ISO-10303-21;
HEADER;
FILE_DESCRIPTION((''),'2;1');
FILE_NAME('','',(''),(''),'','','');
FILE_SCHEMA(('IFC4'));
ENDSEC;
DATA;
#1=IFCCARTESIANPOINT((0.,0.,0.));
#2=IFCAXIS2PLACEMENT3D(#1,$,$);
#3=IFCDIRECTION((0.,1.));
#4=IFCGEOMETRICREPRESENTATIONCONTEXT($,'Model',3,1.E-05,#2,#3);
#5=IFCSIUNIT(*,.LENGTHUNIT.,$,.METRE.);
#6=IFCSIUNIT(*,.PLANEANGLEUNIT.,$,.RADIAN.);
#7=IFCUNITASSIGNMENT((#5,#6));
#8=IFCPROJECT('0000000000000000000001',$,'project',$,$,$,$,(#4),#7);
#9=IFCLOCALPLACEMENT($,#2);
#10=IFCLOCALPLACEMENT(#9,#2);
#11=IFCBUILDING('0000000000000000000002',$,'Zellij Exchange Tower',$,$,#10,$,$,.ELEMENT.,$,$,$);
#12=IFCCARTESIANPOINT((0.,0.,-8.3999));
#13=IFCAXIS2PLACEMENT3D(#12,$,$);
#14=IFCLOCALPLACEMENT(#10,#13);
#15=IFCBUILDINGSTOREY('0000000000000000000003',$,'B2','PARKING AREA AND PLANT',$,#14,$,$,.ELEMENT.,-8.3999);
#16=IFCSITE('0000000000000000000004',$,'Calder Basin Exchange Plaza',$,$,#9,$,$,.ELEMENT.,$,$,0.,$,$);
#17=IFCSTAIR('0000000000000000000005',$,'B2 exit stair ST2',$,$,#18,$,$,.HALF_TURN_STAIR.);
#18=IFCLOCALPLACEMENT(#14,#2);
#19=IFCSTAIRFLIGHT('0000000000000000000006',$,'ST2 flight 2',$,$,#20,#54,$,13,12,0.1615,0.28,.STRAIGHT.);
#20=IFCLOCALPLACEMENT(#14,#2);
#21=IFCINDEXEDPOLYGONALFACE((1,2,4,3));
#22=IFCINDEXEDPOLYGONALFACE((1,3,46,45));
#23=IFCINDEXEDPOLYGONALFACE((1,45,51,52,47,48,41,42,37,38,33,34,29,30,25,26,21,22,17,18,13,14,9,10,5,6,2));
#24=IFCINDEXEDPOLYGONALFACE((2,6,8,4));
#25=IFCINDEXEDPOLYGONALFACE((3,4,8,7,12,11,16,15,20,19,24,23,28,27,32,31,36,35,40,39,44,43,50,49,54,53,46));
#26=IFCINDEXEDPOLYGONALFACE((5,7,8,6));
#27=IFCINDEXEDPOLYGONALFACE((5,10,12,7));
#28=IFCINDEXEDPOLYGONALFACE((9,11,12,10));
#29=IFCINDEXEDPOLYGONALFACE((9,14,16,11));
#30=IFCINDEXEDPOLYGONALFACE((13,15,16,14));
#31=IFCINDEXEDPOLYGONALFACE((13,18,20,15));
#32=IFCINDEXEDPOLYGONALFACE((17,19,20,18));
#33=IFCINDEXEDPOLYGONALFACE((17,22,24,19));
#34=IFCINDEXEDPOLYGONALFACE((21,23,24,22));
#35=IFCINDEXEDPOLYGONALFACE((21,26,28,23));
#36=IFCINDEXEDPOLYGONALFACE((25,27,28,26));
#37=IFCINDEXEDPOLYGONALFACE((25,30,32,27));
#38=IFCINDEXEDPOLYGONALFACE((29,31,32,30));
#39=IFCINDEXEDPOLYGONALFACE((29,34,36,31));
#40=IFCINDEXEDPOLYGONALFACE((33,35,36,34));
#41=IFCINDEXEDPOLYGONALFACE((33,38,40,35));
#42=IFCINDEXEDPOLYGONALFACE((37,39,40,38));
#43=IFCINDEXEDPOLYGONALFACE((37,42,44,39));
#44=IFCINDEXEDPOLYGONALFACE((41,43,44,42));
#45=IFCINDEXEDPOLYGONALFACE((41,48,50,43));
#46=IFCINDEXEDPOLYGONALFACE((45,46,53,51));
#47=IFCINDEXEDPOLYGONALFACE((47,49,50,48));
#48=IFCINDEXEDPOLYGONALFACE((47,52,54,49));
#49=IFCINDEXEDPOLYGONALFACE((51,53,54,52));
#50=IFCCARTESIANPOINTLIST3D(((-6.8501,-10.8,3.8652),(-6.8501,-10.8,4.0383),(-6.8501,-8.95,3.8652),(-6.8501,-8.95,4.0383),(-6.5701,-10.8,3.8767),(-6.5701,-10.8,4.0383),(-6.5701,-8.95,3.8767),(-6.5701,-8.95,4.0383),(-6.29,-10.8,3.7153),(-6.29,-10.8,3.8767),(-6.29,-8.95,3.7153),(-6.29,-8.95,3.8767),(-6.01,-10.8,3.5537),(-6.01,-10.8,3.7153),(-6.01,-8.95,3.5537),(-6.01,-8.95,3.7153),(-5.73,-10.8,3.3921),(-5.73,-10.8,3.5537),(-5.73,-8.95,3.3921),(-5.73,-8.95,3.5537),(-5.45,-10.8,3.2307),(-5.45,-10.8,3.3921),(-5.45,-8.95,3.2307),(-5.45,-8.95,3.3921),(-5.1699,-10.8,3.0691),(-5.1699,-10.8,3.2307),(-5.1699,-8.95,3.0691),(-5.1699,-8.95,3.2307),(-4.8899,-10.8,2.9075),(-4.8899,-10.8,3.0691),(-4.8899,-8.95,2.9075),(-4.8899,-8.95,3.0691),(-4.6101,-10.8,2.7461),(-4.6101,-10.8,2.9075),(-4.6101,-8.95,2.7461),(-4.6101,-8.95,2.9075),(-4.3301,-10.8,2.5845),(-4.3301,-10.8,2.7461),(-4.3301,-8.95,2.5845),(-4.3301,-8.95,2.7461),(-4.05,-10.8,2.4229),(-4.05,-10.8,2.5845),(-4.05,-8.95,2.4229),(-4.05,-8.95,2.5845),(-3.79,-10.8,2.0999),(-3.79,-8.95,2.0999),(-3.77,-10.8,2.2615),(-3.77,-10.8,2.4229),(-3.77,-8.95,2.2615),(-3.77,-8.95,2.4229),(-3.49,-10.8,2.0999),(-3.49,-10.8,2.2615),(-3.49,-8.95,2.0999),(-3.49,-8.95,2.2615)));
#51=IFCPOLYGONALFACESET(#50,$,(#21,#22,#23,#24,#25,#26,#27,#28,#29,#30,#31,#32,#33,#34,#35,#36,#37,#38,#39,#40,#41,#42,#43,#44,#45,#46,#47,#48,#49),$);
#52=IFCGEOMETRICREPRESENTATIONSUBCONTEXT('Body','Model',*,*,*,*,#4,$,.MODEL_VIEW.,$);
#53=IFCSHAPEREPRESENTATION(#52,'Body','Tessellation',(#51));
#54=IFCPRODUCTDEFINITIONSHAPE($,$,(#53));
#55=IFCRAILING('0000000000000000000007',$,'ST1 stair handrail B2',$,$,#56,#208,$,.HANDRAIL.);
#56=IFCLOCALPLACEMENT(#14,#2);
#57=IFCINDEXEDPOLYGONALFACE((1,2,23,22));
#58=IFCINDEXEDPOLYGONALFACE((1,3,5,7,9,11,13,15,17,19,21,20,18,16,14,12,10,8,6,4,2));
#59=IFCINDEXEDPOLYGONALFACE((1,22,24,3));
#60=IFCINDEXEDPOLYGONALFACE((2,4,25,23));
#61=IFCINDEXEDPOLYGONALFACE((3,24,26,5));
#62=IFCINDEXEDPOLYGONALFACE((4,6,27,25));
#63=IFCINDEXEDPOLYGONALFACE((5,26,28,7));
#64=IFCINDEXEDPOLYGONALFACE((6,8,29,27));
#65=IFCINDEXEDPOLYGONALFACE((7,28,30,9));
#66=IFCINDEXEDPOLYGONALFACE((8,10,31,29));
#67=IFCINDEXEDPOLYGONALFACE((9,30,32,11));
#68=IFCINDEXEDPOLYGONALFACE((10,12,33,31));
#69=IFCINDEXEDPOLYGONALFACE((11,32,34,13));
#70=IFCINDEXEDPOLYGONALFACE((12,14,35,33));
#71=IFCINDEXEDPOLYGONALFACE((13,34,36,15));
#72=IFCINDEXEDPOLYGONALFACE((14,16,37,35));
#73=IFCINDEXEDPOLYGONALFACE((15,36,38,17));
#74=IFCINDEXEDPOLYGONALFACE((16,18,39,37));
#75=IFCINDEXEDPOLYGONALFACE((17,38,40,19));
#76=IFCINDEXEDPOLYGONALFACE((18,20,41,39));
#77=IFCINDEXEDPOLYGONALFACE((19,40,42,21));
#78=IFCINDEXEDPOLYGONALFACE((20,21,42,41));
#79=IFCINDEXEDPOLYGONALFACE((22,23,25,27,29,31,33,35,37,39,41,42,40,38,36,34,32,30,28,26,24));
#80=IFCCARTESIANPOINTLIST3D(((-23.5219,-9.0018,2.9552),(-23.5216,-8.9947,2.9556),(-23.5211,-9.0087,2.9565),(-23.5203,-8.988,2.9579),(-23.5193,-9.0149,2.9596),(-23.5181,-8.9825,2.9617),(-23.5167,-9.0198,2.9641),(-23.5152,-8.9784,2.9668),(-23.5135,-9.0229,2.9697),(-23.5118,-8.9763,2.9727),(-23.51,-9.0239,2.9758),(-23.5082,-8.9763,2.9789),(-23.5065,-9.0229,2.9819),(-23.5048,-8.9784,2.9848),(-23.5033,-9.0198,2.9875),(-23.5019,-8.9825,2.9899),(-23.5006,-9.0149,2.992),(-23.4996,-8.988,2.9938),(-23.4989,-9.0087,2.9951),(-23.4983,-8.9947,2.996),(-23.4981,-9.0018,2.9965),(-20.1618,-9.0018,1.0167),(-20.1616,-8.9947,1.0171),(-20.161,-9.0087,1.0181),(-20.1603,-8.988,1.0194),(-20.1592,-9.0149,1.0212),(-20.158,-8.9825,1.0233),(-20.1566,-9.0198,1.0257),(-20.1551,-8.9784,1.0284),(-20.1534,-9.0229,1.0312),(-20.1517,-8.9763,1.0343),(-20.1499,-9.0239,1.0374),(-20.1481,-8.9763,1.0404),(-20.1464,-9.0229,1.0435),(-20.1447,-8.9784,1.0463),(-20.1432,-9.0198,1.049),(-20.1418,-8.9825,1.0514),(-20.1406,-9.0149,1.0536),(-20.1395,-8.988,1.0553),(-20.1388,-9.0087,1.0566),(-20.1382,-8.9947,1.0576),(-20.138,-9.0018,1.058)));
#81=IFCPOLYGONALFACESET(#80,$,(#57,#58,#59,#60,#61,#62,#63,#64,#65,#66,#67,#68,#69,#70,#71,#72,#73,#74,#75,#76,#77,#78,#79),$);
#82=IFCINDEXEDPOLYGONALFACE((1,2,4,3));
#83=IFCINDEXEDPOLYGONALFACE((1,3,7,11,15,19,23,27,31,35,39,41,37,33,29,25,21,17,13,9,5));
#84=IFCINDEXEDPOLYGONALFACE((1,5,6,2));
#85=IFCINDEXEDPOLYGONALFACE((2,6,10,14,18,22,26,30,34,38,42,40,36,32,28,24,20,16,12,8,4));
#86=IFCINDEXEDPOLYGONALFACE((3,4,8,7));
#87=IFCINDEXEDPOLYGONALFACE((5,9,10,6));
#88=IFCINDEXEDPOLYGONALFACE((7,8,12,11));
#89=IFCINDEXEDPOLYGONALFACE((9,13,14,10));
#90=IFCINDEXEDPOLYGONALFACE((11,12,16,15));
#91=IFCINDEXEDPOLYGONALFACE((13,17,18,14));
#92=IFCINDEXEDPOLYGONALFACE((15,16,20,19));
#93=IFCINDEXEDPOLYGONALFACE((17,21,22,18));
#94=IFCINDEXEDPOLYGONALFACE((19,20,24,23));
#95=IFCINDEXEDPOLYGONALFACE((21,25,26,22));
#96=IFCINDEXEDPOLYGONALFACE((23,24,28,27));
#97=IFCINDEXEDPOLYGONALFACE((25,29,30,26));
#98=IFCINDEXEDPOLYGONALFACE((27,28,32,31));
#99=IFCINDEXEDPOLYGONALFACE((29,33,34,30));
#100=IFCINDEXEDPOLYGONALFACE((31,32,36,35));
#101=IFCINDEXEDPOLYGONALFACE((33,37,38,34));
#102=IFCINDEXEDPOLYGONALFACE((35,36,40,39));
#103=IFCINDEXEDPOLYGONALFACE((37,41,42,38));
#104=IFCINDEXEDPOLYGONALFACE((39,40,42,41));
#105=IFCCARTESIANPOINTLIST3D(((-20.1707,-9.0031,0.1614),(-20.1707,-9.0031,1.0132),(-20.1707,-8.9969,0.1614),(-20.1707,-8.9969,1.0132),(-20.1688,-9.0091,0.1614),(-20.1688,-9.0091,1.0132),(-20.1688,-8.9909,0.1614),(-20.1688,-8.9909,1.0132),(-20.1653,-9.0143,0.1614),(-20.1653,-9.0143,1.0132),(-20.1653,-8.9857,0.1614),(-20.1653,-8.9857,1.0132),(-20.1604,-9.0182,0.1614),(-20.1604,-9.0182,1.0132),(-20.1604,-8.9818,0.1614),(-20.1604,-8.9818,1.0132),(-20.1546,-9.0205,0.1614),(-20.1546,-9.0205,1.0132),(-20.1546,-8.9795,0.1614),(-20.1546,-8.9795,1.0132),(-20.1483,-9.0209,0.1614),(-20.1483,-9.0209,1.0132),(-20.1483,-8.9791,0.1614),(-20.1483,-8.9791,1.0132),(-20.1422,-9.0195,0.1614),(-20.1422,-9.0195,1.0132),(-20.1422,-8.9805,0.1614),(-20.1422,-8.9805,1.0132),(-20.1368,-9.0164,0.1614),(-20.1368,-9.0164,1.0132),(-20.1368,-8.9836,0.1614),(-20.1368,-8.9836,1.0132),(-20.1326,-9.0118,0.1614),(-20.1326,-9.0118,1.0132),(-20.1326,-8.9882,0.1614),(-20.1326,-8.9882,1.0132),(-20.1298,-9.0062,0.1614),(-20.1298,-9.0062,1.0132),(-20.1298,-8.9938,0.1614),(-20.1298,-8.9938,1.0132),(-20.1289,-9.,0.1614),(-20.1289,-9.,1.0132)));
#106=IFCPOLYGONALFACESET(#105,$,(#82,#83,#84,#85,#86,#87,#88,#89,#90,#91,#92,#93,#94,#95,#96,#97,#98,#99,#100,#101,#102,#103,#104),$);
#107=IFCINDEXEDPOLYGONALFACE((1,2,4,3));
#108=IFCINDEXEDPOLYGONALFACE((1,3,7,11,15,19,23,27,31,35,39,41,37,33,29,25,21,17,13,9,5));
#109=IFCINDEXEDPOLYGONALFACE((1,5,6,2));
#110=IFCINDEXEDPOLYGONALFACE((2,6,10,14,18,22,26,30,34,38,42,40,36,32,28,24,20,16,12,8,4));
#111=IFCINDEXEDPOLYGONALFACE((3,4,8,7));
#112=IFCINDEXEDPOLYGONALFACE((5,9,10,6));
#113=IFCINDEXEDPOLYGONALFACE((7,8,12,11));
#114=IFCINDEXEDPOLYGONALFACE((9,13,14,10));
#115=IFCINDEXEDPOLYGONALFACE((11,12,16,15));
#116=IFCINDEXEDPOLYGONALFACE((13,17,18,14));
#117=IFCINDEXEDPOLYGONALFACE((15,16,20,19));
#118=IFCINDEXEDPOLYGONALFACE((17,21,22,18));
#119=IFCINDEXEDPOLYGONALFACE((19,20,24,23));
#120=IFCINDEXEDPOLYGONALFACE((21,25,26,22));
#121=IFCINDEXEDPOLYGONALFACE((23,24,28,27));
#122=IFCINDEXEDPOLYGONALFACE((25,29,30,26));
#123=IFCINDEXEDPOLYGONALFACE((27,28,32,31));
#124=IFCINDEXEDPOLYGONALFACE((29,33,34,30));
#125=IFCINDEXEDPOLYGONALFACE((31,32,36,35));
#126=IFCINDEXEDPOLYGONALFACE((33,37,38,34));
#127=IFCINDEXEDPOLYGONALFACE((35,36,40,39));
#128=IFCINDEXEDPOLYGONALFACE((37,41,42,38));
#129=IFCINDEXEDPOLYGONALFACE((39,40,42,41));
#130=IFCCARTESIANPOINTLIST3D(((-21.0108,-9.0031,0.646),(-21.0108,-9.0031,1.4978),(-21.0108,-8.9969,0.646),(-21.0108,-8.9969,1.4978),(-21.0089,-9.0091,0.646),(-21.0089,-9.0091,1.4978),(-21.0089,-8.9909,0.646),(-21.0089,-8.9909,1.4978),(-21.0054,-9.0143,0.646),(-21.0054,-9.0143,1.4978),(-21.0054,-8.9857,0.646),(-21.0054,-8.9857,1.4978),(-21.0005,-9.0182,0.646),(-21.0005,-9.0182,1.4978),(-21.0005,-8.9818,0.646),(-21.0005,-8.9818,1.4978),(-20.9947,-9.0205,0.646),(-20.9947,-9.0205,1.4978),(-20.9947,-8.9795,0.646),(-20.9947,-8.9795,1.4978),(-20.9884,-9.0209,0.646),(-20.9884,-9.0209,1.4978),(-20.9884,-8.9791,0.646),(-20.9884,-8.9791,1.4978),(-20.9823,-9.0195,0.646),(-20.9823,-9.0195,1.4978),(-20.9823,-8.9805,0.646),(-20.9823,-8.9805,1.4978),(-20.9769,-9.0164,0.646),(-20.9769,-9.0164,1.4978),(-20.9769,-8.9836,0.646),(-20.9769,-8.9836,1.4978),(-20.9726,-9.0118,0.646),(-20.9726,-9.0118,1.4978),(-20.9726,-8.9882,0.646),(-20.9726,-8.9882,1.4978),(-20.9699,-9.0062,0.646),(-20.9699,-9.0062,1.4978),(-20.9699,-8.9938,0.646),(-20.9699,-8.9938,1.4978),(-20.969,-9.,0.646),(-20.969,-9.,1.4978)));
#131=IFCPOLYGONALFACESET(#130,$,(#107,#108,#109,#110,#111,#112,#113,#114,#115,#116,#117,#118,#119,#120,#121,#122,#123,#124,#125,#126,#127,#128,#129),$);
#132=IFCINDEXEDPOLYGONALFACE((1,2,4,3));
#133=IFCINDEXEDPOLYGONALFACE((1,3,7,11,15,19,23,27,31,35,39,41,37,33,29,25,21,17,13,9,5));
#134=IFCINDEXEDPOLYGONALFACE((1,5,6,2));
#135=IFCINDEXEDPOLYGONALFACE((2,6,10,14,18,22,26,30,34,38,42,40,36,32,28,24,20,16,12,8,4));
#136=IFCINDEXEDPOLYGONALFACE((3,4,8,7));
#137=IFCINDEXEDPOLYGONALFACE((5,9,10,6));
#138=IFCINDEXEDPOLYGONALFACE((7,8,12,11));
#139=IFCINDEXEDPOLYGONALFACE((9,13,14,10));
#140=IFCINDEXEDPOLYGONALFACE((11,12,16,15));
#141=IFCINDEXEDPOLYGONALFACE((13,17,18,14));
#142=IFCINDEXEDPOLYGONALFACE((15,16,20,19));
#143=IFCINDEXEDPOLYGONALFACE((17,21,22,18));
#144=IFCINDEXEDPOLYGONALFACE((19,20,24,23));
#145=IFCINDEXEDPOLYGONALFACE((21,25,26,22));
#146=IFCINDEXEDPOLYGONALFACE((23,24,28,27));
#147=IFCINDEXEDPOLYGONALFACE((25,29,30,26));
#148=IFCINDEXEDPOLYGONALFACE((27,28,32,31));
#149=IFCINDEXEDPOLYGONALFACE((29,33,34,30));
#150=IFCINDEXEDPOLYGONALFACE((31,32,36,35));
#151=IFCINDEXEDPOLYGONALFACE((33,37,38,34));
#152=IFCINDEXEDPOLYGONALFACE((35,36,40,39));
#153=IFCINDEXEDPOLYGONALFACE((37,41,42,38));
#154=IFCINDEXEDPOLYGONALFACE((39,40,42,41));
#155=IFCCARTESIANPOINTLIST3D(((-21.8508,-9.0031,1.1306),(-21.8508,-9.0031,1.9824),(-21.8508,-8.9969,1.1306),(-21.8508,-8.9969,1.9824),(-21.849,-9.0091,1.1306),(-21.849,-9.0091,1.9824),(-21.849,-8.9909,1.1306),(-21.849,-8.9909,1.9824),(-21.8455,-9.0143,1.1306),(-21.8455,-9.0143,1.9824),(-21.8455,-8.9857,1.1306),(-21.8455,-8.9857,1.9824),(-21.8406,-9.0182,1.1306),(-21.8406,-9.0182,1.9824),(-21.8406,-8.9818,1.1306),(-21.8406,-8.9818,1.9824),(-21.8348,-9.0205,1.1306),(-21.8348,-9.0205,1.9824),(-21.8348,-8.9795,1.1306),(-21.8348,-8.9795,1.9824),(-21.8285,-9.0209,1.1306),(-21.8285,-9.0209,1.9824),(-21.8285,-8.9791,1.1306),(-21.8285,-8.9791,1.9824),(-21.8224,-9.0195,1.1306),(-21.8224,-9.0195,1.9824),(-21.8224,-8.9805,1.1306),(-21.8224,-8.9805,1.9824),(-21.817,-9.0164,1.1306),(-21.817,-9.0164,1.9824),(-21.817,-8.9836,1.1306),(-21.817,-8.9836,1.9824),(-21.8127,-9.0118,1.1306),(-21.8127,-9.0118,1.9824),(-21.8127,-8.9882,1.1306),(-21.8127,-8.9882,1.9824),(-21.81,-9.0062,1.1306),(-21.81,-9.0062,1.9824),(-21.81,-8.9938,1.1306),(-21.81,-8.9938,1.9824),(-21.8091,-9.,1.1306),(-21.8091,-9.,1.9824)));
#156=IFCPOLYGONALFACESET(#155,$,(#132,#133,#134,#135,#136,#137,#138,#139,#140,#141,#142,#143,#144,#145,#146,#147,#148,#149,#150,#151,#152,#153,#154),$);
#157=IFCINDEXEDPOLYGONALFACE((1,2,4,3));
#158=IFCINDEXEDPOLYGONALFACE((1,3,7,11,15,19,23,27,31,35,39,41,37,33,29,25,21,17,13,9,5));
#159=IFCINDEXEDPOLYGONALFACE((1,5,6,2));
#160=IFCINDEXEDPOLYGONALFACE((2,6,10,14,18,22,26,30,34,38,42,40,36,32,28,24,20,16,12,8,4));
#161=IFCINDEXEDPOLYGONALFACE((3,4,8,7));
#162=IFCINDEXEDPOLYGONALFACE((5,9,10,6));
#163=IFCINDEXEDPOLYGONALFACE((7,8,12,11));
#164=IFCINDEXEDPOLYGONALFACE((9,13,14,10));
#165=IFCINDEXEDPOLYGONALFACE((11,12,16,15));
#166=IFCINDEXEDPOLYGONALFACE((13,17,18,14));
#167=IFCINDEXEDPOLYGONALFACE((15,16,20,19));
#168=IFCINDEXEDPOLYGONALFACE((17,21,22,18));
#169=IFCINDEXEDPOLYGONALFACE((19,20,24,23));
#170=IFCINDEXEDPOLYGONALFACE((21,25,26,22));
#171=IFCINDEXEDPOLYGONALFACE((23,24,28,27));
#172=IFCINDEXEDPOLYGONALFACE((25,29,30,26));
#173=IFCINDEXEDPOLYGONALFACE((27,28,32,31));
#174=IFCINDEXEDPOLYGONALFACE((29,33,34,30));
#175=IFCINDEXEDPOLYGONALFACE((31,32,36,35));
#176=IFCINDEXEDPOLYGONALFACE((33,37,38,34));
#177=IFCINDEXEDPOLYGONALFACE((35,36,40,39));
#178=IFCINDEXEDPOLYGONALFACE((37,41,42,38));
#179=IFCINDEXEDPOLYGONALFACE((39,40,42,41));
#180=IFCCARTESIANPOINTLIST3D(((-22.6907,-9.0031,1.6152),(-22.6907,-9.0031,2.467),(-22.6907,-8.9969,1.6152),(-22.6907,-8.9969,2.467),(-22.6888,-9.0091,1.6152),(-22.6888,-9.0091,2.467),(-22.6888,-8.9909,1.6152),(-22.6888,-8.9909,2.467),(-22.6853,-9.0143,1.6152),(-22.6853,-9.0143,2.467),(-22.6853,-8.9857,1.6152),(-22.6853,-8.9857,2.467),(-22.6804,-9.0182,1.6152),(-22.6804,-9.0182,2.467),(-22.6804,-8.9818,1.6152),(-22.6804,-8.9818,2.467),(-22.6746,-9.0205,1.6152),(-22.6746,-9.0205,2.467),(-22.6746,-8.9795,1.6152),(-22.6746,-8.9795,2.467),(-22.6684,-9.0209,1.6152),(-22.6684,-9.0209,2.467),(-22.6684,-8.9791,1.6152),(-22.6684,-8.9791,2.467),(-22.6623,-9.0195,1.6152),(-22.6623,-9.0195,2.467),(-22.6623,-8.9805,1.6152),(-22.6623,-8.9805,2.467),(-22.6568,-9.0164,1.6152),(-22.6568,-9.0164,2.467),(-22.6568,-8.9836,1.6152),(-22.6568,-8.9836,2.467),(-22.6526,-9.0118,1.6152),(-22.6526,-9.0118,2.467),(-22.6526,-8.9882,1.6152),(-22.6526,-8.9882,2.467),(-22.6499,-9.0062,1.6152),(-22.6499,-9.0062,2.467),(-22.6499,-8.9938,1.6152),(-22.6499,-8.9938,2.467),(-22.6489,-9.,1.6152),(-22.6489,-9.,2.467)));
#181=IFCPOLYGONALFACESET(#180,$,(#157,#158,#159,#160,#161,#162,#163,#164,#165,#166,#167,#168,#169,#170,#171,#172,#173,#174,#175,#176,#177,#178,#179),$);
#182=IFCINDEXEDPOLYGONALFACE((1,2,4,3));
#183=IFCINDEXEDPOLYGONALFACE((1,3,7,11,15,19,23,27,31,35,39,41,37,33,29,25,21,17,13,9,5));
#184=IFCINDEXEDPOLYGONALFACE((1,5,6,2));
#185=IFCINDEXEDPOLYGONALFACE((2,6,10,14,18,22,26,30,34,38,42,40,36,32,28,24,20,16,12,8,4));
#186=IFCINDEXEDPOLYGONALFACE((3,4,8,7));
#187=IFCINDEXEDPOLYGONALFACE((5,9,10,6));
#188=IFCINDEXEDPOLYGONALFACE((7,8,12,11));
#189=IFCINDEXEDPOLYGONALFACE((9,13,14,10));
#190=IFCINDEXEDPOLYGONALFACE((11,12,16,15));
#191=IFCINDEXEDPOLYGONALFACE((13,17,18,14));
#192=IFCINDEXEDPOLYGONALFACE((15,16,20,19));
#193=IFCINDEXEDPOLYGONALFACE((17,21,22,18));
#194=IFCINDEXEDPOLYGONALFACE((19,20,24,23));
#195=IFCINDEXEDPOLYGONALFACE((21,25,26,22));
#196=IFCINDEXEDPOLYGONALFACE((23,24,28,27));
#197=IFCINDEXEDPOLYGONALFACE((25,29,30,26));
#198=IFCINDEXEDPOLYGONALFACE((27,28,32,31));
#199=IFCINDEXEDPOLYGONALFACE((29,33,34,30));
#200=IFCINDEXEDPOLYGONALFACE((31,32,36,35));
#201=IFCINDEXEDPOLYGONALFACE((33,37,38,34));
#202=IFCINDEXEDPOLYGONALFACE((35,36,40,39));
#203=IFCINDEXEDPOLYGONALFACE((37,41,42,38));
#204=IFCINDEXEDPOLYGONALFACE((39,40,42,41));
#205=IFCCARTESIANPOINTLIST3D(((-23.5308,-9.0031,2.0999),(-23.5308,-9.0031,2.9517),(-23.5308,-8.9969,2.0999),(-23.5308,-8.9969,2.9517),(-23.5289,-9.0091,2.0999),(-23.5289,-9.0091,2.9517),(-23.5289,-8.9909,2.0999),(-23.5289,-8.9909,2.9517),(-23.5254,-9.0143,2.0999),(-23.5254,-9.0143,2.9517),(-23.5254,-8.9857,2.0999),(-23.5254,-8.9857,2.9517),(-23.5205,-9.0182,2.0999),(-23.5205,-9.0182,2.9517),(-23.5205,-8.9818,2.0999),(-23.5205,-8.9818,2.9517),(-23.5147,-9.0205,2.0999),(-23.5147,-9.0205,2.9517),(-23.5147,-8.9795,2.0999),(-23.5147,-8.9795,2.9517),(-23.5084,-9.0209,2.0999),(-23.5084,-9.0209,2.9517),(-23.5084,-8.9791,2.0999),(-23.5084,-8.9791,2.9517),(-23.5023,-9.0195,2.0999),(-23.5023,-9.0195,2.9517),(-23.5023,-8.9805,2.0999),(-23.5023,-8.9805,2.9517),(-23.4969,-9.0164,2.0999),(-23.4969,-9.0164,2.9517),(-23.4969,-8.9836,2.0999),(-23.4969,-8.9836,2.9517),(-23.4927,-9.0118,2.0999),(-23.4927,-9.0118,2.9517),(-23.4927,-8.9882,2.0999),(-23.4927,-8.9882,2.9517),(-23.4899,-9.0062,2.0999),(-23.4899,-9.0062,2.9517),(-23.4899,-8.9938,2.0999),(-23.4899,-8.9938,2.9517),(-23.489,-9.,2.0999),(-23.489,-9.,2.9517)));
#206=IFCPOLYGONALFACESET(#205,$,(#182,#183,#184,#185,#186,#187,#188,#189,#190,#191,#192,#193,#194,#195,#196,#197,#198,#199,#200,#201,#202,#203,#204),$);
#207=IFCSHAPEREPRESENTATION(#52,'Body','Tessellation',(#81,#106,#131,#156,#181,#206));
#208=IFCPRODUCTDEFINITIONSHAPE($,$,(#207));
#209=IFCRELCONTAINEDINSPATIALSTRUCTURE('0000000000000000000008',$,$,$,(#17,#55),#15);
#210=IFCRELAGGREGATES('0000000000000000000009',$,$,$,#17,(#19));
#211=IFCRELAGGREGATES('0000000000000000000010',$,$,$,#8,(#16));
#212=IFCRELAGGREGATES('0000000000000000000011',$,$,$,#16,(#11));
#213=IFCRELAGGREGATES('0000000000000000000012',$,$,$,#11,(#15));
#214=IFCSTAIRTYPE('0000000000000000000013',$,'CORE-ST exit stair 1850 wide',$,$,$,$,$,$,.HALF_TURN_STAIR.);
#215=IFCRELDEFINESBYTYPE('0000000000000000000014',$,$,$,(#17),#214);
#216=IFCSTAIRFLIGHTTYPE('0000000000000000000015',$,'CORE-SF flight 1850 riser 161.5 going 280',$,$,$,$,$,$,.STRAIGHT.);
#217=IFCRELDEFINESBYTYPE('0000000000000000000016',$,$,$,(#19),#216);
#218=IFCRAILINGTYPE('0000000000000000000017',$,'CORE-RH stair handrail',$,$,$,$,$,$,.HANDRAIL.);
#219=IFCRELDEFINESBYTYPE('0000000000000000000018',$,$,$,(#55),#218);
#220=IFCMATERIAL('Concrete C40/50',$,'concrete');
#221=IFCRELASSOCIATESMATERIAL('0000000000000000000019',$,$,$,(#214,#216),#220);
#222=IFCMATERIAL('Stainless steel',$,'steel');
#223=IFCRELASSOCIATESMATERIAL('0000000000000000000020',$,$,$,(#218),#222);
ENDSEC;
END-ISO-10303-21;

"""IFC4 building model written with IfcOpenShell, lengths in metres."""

from ifc_helpers import new_model, si_unit, direction, frame, origin, origin_2d, place, context, subcontext, project, spatial, polyline, circle, outline, extrude, material, type_object, element, aggregate, save


model = new_model("IFC4")

# Units and contexts
model_context = context("Model", 3, precision=1e-05, world=origin(), true_north=direction((0.0, 1.0)))
body_context = subcontext(model_context, "Body", "Model", "MODEL_VIEW")
ifc_project = project(units=[si_unit("LENGTHUNIT", "METRE"), si_unit("PLANEANGLEUNIT", "RADIAN")], contexts=[model_context])

# Site, building, storey
site_placement = place(None, origin())
site = spatial("IfcSite", under=ifc_project, at=site_placement, Name="Calder Basin Exchange Plaza", CompositionType="ELEMENT", RefElevation=0.0)
building_placement = place(site_placement, origin())
building = spatial("IfcBuilding", under=site, at=building_placement, Name="Zellij Exchange Tower", CompositionType="ELEMENT")
storey_placement = place(building_placement, frame((0.0, 0.0, -8.3999)))
storey = spatial("IfcBuildingStorey", under=building, at=storey_placement, Name="B2", Description="PARKING AREA AND PLANT", CompositionType="ELEMENT", Elevation=-8.3999)

# Shared definitions
ifc_material_1 = material(Name="Concrete C40/50", Category="concrete")
stair_type = type_object("IfcStairType", Name="CORE-ST exit stair 1850 wide", PredefinedType="HALF_TURN_STAIR", material=ifc_material_1)
stair_flight_type = type_object("IfcStairFlightType", Name="CORE-SF flight 1850 riser 161.5 going 280", PredefinedType="STRAIGHT", material=ifc_material_1)

# Stair, stair flight
stair_1_placement = place(storey_placement, origin())
stair_1 = element("IfcStair", 1, at=stair_1_placement, inside=storey, type_object=stair_type, Name="B2 exit stair ST2", PredefinedType="HALF_TURN_STAIR")
stair_flight_1_placement = place(storey_placement, frame((-3.49, -9.875, 2.0999), z_axis=(0.0, 0.0, 1.0), x_axis=(-1.0, 0.0, 0.0)))
stair_flight_1 = element("IfcStairFlight", 2, at=stair_flight_1_placement, type_object=stair_flight_type, Name="ST2 flight 2", NumberOfRisers=13, NumberOfTreads=12, PredefinedType="STRAIGHT", RiserHeight=0.1615, TreadLength=0.28, context=body_context, shape_type="SweptSolid", body=[
    extrude(outline(polyline([(0.0, 0.0), (0.0, 0.1616), (0.28, 0.1616), (0.28, 0.323), (0.5601, 0.323), (0.5601, 0.4846), (0.8401, 0.4846), (0.8401, 0.6462), (1.1201, 0.6462), (1.1201, 0.8076), (1.3999, 0.8076), (1.3999, 0.9692), (1.6799, 0.9692), (1.6799, 1.1309), (1.96, 1.1309), (1.96, 1.2922), (2.24, 1.2922), (2.24, 1.4539), (2.52, 1.4539), (2.52, 1.6155), (2.8, 1.6155), (2.8, 1.7769), (3.0801, 1.7769), (3.0801, 1.9385), (3.3601, 1.9385), (3.3601, 2.1001), (3.3601, 1.7654), (0.3, 0.0), (0.0, 0.0)])), frame((0.0, 0.925, 0.0), z_axis=(0.0, -1.0, 0.0), x_axis=(1.0, 0.0, 0.0)), (0.0, 0.0, 1.0), 1.8501),
])
aggregate(stair_1, [stair_flight_1])

# Railing
ifc_material_2 = material(Name="Stainless steel", Category="steel")
railing_type_1 = type_object("IfcRailingType", Name="CORE-RH stair handrail", PredefinedType="HANDRAIL", material=ifc_material_2)
railing_1_placement = place(storey_placement, frame((-20.1499, -9.0, 0.1614)))
element("IfcRailing", 3, at=railing_1_placement, inside=storey, type_object=railing_type_1, Name="ST1 stair handrail B2", PredefinedType="HANDRAIL", context=body_context, shape_type="SweptSolid", body=[
    extrude(circle(Radius=0.0239, at=origin_2d()), frame((0.0, 0.0, 0.876), z_axis=(-0.866191, 0.0, 0.499713), x_axis=(0.0, -1.0, 0.0)), (0.0, 0.0, 1.0), 3.8792),
    extrude(circle(Radius=0.021, at=origin_2d()), origin(), (0.0, 0.0, 1.0), 0.8518),
    extrude(circle(Radius=0.021, at=origin_2d()), frame((-0.8401, 0.0, 0.4846)), (0.0, 0.0, 1.0), 0.8518),
    extrude(circle(Radius=0.021, at=origin_2d()), frame((-1.6802, 0.0, 0.9692)), (0.0, 0.0, 1.0), 0.8518),
    extrude(circle(Radius=0.021, at=origin_2d()), frame((-2.52, 0.0, 1.4539)), (0.0, 0.0, 1.0), 0.8518),
    extrude(circle(Radius=0.021, at=origin_2d()), frame((-3.3601, 0.0, 1.9385)), (0.0, 0.0, 1.0), 0.8518),
])

save(model, "model.ifc")
